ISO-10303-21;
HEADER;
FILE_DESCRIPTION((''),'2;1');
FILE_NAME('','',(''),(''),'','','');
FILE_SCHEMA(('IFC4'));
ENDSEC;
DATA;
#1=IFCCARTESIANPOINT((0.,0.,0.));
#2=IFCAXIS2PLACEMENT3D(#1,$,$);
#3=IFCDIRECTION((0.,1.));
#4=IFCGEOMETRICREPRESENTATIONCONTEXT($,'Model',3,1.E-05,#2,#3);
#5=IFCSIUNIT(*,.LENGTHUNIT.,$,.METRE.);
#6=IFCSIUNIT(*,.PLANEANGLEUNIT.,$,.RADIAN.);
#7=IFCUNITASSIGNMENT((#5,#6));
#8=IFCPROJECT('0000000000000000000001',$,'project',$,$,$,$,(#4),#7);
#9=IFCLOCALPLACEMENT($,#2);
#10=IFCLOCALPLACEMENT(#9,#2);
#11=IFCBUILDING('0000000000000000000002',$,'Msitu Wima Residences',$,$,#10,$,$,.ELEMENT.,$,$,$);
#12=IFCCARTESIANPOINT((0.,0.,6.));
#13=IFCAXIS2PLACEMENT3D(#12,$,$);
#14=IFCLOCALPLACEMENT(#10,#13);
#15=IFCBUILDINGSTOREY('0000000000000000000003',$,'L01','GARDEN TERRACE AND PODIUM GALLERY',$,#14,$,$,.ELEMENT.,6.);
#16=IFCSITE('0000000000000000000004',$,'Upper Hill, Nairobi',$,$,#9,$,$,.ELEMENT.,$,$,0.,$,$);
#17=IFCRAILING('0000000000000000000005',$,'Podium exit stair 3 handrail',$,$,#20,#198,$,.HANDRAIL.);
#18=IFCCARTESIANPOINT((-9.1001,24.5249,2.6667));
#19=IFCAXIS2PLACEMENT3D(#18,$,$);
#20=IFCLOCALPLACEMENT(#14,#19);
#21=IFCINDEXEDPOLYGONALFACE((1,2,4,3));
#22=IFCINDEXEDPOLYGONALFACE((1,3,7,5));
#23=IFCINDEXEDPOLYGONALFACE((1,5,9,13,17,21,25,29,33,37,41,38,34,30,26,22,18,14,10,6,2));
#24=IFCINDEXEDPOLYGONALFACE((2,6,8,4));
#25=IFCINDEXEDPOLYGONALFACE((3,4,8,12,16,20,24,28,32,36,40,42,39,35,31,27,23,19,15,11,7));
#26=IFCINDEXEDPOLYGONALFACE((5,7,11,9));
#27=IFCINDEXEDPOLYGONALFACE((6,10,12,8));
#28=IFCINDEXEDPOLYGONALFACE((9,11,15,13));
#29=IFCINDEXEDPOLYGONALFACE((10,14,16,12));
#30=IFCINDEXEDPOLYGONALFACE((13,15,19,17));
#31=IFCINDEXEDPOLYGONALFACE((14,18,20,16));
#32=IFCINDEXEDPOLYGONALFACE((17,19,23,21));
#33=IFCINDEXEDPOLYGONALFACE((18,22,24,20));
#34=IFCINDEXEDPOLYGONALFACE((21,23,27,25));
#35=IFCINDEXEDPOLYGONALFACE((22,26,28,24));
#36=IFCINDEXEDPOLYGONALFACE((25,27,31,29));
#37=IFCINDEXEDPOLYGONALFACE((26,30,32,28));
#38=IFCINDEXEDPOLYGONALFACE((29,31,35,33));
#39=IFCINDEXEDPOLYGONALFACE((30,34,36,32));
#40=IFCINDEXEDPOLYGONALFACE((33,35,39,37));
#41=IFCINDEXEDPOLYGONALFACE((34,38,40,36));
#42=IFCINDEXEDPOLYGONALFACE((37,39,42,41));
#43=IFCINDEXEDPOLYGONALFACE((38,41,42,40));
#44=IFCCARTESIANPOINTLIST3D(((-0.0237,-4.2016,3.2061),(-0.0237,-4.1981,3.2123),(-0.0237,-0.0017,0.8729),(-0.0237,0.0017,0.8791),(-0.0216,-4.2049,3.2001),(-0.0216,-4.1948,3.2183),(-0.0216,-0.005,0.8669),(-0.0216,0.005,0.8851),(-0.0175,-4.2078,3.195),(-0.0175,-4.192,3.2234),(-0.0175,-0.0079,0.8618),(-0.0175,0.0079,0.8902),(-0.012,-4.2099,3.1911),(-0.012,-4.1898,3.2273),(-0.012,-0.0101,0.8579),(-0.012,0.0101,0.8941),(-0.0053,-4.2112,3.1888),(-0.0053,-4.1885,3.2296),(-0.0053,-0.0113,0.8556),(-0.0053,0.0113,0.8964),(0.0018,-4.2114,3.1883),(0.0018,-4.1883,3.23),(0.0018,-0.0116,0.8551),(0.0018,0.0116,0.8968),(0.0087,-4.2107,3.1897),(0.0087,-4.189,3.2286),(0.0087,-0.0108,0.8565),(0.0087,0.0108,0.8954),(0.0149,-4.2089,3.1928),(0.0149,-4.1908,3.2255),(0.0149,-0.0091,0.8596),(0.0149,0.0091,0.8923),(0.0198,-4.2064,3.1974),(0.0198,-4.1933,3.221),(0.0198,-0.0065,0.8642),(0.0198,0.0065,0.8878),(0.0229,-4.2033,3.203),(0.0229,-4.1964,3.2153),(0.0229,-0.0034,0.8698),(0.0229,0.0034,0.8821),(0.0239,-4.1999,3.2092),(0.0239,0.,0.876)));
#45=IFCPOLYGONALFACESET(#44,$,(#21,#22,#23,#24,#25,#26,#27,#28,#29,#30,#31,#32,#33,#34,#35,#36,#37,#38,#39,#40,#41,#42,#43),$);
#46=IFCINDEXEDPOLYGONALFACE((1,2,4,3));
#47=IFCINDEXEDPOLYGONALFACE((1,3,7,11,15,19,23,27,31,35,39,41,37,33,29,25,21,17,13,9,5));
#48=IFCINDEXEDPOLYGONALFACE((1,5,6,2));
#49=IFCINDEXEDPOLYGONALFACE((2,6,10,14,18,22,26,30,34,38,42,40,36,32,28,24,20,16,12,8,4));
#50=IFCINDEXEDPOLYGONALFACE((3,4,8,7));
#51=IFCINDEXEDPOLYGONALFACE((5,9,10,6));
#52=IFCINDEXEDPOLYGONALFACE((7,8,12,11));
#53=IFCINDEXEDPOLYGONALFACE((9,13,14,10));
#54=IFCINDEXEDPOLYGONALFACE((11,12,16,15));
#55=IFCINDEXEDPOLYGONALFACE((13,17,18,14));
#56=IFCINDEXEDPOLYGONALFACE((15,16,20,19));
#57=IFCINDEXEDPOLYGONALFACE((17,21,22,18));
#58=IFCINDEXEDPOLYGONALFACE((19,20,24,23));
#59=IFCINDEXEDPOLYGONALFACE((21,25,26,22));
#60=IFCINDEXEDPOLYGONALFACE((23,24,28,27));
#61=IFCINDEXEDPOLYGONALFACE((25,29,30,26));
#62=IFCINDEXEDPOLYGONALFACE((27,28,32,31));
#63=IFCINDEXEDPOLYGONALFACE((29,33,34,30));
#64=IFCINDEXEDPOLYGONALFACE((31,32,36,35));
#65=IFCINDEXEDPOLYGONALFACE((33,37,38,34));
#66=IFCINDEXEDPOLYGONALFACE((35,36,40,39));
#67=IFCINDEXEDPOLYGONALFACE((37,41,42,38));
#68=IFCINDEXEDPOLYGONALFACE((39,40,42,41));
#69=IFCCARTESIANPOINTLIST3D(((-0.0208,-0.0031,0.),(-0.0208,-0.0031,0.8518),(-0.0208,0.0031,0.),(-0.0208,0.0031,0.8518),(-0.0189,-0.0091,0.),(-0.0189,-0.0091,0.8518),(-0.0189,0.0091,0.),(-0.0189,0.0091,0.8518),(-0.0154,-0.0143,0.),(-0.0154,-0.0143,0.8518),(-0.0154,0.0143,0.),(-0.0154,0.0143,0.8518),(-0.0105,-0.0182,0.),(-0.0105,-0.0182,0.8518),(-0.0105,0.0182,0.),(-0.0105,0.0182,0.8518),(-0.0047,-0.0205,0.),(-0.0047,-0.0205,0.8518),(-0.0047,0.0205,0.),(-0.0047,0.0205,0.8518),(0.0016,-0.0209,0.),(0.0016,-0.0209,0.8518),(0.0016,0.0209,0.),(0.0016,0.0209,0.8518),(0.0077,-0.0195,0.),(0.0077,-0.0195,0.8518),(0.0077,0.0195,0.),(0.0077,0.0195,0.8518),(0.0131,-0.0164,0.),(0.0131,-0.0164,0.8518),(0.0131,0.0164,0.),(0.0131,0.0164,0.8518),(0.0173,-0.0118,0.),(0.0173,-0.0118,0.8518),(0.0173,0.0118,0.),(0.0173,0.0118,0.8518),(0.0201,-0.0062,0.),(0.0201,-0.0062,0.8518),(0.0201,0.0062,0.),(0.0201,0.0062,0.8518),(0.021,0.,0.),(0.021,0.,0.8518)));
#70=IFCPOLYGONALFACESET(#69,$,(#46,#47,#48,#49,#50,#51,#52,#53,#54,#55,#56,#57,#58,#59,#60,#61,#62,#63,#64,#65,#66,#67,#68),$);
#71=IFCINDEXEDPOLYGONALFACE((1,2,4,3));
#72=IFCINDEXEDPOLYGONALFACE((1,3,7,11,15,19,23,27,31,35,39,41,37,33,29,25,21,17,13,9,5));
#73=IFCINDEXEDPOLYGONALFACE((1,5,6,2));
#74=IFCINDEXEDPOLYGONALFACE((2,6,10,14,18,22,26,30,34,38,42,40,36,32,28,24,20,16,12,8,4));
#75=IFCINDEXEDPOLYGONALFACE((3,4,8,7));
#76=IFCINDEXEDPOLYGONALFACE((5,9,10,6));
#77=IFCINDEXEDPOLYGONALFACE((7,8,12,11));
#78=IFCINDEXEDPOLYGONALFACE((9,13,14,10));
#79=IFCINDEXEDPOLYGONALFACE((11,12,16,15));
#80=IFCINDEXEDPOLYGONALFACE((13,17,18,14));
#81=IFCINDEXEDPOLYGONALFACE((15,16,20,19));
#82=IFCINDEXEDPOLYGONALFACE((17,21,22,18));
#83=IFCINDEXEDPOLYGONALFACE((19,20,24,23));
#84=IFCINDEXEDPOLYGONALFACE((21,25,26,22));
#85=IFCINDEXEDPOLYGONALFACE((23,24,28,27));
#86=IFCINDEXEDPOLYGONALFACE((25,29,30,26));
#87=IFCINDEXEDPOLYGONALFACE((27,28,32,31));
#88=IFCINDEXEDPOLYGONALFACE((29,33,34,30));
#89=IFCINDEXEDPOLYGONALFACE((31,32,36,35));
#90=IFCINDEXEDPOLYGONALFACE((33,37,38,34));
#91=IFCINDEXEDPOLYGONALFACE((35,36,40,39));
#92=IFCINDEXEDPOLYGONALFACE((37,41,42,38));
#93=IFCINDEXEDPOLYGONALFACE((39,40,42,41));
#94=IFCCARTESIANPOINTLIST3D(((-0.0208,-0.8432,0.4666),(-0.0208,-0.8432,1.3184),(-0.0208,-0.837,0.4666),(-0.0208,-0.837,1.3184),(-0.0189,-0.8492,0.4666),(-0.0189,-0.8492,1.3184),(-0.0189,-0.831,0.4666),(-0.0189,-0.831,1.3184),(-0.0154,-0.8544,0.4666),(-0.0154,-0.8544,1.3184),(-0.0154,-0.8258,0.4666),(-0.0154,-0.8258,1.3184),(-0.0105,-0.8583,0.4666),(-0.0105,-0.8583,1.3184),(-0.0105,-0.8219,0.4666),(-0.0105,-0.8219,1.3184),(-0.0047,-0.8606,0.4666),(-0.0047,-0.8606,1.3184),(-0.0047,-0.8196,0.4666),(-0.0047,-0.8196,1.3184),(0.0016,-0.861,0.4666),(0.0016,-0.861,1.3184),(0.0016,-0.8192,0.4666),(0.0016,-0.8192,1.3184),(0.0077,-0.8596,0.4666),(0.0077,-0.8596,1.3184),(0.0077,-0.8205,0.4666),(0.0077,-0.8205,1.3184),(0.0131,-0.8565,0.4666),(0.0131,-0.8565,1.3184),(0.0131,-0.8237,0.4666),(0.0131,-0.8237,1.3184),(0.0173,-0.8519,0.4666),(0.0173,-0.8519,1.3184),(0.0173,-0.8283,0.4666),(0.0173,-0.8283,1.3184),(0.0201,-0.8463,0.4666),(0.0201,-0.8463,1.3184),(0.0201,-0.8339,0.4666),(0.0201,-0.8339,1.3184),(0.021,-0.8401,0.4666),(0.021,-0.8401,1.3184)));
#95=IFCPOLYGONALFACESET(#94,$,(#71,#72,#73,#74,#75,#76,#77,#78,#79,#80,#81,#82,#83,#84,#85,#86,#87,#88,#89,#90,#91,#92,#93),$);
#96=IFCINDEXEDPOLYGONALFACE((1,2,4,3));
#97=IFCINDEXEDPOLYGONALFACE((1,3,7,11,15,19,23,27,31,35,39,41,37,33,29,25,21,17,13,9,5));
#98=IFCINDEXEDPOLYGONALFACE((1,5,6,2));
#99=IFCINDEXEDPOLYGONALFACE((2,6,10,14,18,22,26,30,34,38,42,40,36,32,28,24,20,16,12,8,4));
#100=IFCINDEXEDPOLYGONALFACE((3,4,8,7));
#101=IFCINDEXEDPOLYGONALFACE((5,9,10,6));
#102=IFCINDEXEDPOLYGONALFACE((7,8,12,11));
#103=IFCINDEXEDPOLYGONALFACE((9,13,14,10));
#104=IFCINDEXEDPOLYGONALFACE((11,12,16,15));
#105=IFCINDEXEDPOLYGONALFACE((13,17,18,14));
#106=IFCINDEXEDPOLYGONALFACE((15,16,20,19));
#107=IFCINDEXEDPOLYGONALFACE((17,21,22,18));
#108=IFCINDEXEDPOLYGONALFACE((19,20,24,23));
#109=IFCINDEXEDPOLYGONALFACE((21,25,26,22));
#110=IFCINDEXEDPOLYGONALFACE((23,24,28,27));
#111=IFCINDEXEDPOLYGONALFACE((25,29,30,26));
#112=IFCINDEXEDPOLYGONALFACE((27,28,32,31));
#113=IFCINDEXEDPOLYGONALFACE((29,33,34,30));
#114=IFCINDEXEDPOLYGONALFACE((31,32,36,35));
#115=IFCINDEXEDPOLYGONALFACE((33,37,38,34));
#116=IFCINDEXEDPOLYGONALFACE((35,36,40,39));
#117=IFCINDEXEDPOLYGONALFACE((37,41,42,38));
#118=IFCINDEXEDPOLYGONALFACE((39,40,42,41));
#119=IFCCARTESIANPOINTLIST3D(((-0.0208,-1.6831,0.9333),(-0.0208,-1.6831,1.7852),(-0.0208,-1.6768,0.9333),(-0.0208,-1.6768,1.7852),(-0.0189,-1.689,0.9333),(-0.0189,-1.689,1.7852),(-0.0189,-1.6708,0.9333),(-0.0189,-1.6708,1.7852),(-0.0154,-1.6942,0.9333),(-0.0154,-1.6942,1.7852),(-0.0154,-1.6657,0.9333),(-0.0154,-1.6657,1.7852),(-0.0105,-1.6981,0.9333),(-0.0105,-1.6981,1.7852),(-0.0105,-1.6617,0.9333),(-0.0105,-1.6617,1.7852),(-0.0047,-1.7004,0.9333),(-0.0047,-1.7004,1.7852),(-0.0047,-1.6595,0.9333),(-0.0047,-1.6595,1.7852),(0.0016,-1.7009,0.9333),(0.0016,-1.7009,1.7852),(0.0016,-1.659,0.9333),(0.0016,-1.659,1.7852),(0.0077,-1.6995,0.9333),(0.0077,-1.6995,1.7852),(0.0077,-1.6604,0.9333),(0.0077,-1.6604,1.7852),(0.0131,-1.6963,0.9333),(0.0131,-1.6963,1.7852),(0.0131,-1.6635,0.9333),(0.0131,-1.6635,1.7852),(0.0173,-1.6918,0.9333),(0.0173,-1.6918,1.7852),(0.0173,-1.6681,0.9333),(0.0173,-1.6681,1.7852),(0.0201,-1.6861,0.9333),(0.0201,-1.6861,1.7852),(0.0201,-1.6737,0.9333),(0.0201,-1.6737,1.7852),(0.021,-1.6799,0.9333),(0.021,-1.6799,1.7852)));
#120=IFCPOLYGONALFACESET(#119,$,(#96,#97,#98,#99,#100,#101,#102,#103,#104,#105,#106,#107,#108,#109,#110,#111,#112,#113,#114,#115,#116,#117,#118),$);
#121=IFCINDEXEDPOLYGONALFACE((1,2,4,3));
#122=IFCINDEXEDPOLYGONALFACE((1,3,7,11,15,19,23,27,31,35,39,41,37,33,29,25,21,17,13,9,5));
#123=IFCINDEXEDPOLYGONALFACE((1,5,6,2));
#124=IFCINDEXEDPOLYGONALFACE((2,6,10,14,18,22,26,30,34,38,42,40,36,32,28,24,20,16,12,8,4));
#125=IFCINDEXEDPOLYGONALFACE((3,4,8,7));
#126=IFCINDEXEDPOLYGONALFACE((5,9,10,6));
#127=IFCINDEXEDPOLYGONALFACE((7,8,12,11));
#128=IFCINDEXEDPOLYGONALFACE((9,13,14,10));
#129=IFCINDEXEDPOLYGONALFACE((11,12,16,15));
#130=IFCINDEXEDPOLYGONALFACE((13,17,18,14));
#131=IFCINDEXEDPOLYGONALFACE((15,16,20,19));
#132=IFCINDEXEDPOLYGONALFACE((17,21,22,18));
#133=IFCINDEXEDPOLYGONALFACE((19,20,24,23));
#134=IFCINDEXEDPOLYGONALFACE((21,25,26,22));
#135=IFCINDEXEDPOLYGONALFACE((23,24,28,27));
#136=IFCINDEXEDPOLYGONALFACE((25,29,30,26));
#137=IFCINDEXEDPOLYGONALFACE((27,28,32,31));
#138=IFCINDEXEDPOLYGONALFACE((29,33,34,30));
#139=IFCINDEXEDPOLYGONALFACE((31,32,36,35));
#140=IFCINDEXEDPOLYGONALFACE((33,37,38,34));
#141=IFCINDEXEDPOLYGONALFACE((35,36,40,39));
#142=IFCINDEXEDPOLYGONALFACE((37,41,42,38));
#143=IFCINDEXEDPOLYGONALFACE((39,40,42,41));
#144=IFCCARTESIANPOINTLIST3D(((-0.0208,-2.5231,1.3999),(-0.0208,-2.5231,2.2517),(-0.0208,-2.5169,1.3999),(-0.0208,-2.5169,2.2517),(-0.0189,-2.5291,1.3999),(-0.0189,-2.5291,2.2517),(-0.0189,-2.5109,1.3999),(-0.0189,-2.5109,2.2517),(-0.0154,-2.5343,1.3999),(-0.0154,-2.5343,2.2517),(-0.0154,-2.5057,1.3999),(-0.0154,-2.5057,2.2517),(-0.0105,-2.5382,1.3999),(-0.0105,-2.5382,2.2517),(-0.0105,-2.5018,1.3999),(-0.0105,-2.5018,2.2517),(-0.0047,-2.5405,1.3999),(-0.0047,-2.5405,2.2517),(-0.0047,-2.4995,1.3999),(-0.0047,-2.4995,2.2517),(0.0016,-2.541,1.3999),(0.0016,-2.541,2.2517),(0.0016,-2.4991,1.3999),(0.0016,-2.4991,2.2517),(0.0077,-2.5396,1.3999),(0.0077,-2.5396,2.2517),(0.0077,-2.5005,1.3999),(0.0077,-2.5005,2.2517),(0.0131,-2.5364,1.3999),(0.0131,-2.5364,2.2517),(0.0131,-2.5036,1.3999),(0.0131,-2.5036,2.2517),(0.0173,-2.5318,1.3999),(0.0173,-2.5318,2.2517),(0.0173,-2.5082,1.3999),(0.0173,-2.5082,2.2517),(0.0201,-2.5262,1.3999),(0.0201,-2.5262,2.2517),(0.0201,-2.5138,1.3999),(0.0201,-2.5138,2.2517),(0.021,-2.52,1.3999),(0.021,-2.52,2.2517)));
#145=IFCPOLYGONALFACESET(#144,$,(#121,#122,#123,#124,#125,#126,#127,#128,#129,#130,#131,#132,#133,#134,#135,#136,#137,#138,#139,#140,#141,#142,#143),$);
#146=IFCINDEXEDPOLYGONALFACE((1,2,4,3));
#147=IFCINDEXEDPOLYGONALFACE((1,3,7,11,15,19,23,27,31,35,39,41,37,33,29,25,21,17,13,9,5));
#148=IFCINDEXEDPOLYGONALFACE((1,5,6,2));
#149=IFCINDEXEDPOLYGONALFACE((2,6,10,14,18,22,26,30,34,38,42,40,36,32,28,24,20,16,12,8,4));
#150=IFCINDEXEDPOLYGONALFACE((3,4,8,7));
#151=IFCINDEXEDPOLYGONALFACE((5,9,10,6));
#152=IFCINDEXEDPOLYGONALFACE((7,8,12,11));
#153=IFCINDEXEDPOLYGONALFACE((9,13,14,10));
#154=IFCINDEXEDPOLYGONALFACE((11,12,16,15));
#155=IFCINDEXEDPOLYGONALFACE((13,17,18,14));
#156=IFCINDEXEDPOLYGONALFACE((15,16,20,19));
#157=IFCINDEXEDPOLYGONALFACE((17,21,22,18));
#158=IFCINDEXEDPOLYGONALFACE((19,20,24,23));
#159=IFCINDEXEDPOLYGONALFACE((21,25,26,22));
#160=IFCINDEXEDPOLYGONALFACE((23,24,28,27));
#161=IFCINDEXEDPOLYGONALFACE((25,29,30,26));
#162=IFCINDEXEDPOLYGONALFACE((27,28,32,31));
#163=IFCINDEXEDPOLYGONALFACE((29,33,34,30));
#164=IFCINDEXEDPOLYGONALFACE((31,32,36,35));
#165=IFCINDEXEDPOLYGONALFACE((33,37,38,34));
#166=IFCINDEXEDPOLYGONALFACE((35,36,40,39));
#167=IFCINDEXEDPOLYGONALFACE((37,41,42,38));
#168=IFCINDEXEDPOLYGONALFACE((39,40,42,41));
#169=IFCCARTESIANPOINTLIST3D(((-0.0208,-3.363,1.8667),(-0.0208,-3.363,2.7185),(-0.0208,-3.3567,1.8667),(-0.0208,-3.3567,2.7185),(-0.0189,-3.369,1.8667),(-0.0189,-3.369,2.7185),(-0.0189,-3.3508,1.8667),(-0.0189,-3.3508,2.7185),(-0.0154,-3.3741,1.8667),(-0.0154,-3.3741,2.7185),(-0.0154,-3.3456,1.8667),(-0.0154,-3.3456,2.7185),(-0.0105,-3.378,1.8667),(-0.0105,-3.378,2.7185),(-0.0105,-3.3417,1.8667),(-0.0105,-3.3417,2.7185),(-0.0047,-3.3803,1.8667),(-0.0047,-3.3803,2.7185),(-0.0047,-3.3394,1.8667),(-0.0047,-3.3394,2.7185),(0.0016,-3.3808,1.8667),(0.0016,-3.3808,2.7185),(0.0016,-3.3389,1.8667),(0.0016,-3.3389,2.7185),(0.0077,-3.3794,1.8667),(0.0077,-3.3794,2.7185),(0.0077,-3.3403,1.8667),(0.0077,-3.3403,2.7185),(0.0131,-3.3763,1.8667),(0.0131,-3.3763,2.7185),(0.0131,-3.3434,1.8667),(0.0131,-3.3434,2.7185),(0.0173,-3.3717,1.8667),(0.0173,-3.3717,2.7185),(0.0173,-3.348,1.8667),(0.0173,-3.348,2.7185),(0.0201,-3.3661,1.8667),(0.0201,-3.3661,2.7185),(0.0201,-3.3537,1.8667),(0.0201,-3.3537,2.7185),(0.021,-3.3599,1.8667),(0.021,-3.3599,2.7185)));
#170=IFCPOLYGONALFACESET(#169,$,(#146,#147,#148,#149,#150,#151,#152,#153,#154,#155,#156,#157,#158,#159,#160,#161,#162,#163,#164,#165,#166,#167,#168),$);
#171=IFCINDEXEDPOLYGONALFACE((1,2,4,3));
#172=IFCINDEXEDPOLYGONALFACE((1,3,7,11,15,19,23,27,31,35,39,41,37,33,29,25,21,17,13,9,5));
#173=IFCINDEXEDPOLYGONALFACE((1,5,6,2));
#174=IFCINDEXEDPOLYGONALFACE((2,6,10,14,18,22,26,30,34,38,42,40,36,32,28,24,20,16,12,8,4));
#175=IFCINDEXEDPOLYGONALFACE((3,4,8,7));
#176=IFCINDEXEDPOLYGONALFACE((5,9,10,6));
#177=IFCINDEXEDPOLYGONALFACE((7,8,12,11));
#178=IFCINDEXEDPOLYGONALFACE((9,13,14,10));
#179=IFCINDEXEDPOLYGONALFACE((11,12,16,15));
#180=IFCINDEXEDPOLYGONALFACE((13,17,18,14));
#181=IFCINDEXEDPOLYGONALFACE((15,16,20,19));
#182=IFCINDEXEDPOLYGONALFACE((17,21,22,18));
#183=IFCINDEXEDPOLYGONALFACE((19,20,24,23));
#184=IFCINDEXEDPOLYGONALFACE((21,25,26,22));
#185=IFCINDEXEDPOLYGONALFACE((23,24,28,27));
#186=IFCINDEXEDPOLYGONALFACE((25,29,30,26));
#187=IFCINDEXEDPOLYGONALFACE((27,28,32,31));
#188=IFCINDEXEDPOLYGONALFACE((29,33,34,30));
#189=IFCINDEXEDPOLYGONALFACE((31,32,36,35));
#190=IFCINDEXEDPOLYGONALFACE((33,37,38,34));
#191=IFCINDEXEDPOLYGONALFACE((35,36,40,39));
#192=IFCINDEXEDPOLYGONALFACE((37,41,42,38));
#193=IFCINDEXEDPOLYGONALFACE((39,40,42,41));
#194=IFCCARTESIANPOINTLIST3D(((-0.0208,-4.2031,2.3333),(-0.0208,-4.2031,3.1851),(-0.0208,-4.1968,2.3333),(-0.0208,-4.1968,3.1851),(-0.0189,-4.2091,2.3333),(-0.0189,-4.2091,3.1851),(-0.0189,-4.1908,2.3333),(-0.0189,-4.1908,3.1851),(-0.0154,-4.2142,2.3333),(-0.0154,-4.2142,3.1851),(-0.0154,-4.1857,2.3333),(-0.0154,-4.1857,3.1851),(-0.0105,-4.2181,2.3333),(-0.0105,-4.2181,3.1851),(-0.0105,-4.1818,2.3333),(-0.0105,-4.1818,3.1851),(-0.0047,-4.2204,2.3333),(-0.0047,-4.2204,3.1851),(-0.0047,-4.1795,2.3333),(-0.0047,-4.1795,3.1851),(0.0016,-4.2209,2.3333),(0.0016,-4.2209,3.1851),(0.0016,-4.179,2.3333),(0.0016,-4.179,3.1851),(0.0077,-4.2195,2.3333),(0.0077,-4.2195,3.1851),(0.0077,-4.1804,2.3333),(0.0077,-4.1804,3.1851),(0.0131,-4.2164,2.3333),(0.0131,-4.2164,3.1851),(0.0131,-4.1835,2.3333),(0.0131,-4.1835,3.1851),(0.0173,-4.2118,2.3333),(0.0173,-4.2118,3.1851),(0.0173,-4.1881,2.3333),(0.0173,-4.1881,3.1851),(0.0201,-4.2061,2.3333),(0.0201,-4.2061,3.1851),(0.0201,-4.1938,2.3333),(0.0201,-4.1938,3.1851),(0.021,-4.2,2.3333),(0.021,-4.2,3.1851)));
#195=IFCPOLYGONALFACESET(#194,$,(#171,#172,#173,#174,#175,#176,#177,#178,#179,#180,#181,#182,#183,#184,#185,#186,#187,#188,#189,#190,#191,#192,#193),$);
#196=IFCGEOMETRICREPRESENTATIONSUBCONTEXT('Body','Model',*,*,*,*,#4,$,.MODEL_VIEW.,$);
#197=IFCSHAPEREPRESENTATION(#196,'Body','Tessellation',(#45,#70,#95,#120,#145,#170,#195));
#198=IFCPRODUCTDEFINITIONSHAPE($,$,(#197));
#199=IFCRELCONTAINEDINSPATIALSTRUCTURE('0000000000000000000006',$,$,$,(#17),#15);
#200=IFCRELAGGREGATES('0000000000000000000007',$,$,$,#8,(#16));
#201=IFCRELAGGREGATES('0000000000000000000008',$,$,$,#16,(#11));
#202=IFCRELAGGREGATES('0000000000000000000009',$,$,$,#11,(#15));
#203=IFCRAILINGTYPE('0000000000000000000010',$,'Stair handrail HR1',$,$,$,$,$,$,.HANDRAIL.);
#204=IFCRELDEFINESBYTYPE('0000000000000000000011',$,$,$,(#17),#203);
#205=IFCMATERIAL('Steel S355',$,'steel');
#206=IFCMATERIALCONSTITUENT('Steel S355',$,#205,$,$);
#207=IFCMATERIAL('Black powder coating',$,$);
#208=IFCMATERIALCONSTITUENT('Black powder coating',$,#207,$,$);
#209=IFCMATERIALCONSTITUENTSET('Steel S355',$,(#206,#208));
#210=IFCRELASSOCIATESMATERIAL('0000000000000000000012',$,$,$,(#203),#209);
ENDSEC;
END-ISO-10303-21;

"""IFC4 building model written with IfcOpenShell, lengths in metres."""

from ifc_helpers import new_model, si_unit, direction, frame, origin, origin_2d, place, context, subcontext, project, spatial, circle, extrude, material, constituent, constituent_set, type_object, element, save


model = new_model("IFC4")

# Units and contexts
model_context = context("Model", 3, precision=1e-05, world=origin(), true_north=direction((0.0, 1.0)))
body_context = subcontext(model_context, "Body", "Model", "MODEL_VIEW")
ifc_project = project(units=[si_unit("LENGTHUNIT", "METRE"), si_unit("PLANEANGLEUNIT", "RADIAN")], contexts=[model_context])

# Site, building, storey
site_placement = place(None, origin())
site = spatial("IfcSite", under=ifc_project, at=site_placement, Name="Upper Hill, Nairobi", CompositionType="ELEMENT", RefElevation=0.0)
building_placement = place(site_placement, origin())
building = spatial("IfcBuilding", under=site, at=building_placement, Name="Msitu Wima Residences", CompositionType="ELEMENT")
storey_placement = place(building_placement, frame((0.0, 0.0, 6.0)))
storey = spatial("IfcBuildingStorey", under=building, at=storey_placement, Name="L01", Description="GARDEN TERRACE AND PODIUM GALLERY", CompositionType="ELEMENT", Elevation=6.0)

# Railing
ifc_material_1 = material(Name="Steel S355", Category="steel")
ifc_constituent_1 = constituent(ifc_material_1, Name="Steel S355")
ifc_material_2 = material(Name="Black powder coating")
ifc_constituent_2 = constituent(ifc_material_2, Name="Black powder coating")
ifc_constituent_set = constituent_set(constituents=[ifc_constituent_1, ifc_constituent_2], Name="Steel S355")
railing_type = type_object("IfcRailingType", Name="Stair handrail HR1", PredefinedType="HANDRAIL", material=ifc_constituent_set)
for number, where, name in (
    (1, (-9.1001, 24.5249, 2.6667), "Podium exit stair 3 handrail"),
):
    element("IfcRailing", number, at=place(storey_placement, frame(where)), inside=storey, type_object=railing_type, Name=name, PredefinedType="HANDRAIL", context=body_context, shape_type="SweptSolid", body=[
        extrude(circle(Radius=0.0239, at=origin_2d()), frame((0.0, 0.0, 0.876), z_axis=(0.0, -0.874162, 0.485634), x_axis=(1.0, 0.0, 0.0)), (0.0, 0.0, 1.0), 4.8044),
        extrude(circle(Radius=0.021, at=origin_2d()), origin(), (0.0, 0.0, 1.0), 0.8518),
        extrude(circle(Radius=0.021, at=origin_2d()), frame((0.0, -0.8401, 0.4666)), (0.0, 0.0, 1.0), 0.8518),
        extrude(circle(Radius=0.021, at=origin_2d()), frame((0.0, -1.6799, 0.9333)), (0.0, 0.0, 1.0), 0.8518),
        extrude(circle(Radius=0.021, at=origin_2d()), frame((0.0, -2.52, 1.3999)), (0.0, 0.0, 1.0), 0.8518),
        extrude(circle(Radius=0.021, at=origin_2d()), frame((0.0, -3.3599, 1.8667)), (0.0, 0.0, 1.0), 0.8518),
        extrude(circle(Radius=0.021, at=origin_2d()), frame((0.0, -4.2, 2.3333)), (0.0, 0.0, 1.0), 0.8518),
    ])

save(model, "model.ifc")
